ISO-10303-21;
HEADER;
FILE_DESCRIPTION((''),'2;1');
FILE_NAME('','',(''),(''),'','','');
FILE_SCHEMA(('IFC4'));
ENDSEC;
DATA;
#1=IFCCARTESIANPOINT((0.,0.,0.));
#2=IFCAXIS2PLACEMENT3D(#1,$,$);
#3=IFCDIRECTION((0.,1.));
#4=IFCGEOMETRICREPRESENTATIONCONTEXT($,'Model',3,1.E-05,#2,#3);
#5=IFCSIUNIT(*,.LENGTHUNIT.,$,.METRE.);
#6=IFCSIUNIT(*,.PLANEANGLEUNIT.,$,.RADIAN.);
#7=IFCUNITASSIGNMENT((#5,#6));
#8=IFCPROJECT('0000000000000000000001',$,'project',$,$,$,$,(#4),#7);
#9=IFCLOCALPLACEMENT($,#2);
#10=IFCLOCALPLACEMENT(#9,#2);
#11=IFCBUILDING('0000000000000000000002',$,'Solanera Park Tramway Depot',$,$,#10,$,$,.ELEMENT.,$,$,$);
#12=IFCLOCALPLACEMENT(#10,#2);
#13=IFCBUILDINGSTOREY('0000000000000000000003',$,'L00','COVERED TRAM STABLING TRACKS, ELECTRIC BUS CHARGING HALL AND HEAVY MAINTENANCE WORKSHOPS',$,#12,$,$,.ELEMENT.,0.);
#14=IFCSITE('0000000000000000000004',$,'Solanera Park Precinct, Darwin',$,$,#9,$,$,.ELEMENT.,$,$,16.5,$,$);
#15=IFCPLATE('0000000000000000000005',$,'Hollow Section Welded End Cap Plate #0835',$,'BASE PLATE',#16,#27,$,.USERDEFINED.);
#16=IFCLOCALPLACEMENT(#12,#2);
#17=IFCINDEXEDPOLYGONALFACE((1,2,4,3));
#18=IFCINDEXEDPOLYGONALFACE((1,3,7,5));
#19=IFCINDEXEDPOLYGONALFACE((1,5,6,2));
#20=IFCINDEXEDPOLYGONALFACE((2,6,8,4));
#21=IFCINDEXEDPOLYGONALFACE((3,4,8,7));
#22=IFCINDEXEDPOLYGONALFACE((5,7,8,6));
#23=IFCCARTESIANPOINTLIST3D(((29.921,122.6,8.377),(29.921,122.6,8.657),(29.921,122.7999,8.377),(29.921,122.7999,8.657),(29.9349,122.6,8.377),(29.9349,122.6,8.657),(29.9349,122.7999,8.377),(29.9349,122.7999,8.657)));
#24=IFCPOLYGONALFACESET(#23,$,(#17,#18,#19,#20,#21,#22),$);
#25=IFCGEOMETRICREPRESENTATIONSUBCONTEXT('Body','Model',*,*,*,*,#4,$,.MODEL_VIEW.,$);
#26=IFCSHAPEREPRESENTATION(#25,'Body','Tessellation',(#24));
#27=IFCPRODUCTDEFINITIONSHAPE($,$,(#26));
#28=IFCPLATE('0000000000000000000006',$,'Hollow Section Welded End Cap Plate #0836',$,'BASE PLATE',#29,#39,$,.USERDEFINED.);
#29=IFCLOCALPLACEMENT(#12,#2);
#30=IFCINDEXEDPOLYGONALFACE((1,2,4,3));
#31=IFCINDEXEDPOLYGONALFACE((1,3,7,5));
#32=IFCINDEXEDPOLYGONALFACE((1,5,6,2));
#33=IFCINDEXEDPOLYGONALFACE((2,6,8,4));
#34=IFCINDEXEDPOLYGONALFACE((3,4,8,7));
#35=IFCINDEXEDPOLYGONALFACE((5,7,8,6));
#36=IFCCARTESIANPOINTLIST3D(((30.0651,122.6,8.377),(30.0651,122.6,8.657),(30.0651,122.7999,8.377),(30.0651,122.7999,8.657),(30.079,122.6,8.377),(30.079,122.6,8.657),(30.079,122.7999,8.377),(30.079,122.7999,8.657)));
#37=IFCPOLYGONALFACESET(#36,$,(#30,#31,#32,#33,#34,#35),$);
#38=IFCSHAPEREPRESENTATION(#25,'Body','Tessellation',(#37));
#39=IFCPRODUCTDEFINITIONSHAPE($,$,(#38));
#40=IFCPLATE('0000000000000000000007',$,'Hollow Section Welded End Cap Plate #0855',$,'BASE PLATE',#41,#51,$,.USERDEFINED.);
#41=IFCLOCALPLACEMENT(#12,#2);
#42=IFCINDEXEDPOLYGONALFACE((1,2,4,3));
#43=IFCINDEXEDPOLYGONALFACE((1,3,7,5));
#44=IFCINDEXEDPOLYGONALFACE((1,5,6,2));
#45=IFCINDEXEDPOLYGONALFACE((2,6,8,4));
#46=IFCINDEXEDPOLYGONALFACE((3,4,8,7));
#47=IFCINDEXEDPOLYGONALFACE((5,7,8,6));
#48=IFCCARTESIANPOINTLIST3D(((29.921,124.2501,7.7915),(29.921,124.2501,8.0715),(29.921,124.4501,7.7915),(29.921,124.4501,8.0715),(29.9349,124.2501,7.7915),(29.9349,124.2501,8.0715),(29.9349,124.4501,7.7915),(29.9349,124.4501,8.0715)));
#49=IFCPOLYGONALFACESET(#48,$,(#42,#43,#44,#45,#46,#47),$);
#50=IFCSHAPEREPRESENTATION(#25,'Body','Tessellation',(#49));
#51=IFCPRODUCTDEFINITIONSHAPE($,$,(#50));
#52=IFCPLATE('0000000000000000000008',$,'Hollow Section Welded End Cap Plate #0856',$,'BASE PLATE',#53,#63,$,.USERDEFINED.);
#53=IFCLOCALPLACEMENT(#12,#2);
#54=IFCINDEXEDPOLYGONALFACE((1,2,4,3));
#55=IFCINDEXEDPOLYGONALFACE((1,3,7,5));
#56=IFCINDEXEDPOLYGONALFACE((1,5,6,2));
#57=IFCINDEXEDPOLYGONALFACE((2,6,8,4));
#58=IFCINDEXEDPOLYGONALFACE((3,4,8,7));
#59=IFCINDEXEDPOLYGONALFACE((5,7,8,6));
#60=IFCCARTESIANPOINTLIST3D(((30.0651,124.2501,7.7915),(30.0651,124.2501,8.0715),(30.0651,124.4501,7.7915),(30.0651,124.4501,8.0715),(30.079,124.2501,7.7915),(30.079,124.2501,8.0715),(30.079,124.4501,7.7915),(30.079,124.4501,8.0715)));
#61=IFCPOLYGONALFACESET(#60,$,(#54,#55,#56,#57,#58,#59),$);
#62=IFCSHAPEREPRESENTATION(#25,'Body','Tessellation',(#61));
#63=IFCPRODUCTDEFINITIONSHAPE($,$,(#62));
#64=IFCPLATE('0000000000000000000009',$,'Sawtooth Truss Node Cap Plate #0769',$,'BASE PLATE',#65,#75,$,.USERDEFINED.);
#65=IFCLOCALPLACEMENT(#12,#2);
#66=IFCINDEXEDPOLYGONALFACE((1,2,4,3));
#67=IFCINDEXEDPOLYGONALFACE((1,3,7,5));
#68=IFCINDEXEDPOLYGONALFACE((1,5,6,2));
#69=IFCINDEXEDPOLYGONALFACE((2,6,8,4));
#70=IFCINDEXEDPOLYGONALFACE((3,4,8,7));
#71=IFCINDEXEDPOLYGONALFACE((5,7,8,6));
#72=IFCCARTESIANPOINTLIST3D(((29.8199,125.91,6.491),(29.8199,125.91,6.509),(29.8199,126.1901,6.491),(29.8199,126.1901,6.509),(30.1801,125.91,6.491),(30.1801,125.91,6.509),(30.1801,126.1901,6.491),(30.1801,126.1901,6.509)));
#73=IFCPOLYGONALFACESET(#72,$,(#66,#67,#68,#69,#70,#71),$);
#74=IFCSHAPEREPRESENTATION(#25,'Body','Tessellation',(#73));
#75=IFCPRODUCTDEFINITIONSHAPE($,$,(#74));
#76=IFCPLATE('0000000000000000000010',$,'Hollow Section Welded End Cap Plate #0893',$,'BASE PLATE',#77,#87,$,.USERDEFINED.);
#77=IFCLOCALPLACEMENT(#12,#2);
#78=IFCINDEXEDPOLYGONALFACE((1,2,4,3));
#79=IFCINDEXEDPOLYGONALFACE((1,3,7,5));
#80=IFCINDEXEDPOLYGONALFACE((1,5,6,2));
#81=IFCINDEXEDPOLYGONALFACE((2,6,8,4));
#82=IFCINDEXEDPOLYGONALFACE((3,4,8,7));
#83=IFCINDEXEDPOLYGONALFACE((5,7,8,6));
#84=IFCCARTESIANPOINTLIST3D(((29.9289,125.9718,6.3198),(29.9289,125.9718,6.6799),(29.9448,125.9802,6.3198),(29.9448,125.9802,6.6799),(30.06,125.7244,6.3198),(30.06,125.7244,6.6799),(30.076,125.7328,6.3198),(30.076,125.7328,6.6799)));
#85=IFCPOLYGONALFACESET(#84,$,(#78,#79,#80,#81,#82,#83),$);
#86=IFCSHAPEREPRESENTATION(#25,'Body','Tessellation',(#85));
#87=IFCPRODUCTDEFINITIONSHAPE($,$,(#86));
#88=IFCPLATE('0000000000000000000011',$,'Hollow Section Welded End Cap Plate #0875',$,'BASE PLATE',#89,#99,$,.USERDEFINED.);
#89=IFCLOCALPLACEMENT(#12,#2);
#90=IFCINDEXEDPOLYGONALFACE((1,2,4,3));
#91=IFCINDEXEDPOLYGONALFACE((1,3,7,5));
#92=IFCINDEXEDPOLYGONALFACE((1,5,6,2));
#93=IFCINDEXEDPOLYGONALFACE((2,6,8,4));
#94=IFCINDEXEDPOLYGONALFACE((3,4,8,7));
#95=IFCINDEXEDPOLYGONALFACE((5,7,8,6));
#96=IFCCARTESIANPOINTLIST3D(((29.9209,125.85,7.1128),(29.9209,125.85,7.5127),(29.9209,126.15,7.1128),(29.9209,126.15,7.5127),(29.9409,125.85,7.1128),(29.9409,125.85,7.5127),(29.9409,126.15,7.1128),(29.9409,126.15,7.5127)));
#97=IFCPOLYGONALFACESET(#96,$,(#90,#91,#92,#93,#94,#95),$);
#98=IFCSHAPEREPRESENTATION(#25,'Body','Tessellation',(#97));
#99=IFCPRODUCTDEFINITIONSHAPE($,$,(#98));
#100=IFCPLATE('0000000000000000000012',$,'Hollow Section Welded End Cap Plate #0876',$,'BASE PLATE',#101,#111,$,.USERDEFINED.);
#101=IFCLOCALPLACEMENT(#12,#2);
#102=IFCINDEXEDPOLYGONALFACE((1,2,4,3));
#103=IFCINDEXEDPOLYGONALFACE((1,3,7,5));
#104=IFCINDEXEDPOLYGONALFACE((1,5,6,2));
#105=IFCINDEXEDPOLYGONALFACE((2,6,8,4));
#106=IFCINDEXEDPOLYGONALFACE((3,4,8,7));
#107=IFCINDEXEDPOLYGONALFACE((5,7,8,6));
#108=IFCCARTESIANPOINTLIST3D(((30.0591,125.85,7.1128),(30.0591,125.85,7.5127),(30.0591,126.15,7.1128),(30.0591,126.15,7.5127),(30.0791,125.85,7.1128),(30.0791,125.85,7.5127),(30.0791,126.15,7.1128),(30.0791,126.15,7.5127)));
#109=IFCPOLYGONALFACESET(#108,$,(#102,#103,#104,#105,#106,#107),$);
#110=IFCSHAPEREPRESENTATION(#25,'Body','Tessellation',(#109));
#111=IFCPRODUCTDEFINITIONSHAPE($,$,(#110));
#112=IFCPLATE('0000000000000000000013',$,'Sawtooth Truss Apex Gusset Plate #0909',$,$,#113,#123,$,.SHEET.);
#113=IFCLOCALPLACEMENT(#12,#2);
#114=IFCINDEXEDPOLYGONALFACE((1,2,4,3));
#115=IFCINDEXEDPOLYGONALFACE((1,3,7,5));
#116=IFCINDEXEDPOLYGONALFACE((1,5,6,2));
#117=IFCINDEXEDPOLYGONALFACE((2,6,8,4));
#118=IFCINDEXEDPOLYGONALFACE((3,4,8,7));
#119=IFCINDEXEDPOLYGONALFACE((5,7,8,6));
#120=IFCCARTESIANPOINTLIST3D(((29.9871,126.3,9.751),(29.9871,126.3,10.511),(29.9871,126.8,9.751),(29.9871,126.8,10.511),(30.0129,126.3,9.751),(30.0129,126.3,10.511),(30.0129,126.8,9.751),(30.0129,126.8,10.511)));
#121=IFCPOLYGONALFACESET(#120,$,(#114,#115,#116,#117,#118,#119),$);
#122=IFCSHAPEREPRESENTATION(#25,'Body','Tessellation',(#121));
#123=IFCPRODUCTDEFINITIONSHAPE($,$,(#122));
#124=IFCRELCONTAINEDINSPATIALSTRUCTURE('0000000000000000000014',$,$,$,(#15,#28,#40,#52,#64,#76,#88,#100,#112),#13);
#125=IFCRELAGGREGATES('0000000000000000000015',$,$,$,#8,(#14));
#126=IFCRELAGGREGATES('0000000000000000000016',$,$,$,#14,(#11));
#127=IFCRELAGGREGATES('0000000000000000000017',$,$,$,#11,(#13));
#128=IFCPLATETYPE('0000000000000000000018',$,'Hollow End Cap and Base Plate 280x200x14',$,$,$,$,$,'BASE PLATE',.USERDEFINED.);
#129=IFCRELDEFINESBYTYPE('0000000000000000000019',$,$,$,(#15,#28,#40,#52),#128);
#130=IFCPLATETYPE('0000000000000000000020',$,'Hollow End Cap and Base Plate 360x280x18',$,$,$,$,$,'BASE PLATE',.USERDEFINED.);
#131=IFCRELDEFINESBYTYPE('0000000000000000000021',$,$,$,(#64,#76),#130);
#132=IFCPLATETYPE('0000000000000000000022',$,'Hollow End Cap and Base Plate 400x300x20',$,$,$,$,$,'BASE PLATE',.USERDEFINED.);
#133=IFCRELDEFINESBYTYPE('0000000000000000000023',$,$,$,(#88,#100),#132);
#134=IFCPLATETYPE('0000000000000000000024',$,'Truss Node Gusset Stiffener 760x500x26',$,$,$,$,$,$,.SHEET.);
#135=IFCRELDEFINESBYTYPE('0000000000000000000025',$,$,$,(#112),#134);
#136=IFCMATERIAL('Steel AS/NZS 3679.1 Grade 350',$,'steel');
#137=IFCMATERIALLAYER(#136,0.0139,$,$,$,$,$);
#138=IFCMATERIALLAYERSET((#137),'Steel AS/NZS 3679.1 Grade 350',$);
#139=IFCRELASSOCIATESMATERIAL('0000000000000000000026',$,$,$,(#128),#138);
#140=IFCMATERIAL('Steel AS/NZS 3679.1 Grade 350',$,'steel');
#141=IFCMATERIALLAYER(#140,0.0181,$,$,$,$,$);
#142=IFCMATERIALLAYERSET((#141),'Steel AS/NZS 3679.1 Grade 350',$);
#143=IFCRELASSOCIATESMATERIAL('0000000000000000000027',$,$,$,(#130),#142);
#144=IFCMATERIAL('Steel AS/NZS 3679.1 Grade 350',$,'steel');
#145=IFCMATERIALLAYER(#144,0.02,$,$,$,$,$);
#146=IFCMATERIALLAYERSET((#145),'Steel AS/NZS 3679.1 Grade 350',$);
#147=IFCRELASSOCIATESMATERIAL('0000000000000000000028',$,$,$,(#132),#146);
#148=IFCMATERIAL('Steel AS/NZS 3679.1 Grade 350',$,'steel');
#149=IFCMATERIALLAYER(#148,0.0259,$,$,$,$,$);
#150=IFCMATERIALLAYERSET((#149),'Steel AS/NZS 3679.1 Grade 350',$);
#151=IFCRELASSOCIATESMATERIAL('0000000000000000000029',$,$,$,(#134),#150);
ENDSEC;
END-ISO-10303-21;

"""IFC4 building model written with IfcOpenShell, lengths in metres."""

from ifc_helpers import new_model, si_unit, direction, frame, origin, origin_2d, place, context, subcontext, project, spatial, rectangle, extrude, material, layer, layer_set, type_object, element, save


model = new_model("IFC4")

# Units and contexts
model_context = context("Model", 3, precision=1e-05, world=origin(), true_north=direction((0.0, 1.0)))
body_context = subcontext(model_context, "Body", "Model", "MODEL_VIEW")
ifc_project = project(units=[si_unit("LENGTHUNIT", "METRE"), si_unit("PLANEANGLEUNIT", "RADIAN")], contexts=[model_context])

# Site, building, storey
site_placement = place(None, origin())
site = spatial("IfcSite", under=ifc_project, at=site_placement, Name="Solanera Park Precinct, Darwin", CompositionType="ELEMENT", RefElevation=16.5)
building_placement = place(site_placement, origin())
building = spatial("IfcBuilding", under=site, at=building_placement, Name="Solanera Park Tramway Depot", CompositionType="ELEMENT")
storey_placement = place(building_placement, origin())
storey = spatial("IfcBuildingStorey", under=building, at=storey_placement, Name="L00", Description="COVERED TRAM STABLING TRACKS, ELECTRIC BUS CHARGING HALL AND HEAVY MAINTENANCE WORKSHOPS", CompositionType="ELEMENT", Elevation=0.0)

# Plates
ifc_material_1 = material(Name="Steel AS/NZS 3679.1 Grade 350", Category="steel")
ifc_layer_1 = layer(ifc_material_1, 0.0139)
ifc_layer_set_1 = layer_set([ifc_layer_1], Name="Steel AS/NZS 3679.1 Grade 350")
plate_type_1 = type_object("IfcPlateType", Name="Hollow End Cap and Base Plate 280x200x14", ElementType="BASE PLATE", PredefinedType="USERDEFINED", material=ifc_layer_set_1)
for number, where, z_axis, x_axis, name in (
    (1, (29.928, 122.7, 8.377), (0.0, 0.0, 1.0), (1.0, 0.0, 0.0), "Hollow Section Welded End Cap Plate #0835"),
    (2, (30.072, 122.7, 8.377), (0.0, 0.0, 1.0), (1.0, 0.0, 0.0), "Hollow Section Welded End Cap Plate #0836"),
    (3, (29.928, 124.3501, 7.7915), (0.0, 0.0, 1.0), (1.0, 0.0, 0.0), "Hollow Section Welded End Cap Plate #0855"),
    (4, (30.072, 124.3501, 7.7915), (0.0, 0.0, 1.0), (1.0, 0.0, 0.0), "Hollow Section Welded End Cap Plate #0856"),
):
    element("IfcPlate", number, at=place(storey_placement, frame(where, z_axis=z_axis, x_axis=x_axis)), inside=storey, type_object=plate_type_1, Name=name, ObjectType="BASE PLATE", PredefinedType="USERDEFINED", context=body_context, shape_type="SweptSolid", body=[
        extrude(rectangle(XDim=0.0139, YDim=0.2, at=origin_2d()), origin(), (0.0, 0.0, 1.0), 0.28),
    ])
ifc_material_2 = material(Name="Steel AS/NZS 3679.1 Grade 350", Category="steel")
ifc_layer_2 = layer(ifc_material_2, 0.0181)
ifc_layer_set_2 = layer_set([ifc_layer_2], Name="Steel AS/NZS 3679.1 Grade 350")
plate_type_2 = type_object("IfcPlateType", Name="Hollow End Cap and Base Plate 360x280x18", ElementType="BASE PLATE", PredefinedType="USERDEFINED", material=ifc_layer_set_2)
plate_1_placement = place(storey_placement, frame((30.0, 126.05, 6.491), z_axis=(0.0, 0.0, 1.0), x_axis=(1.0, 0.0, 0.0)))
element("IfcPlate", 5, at=plate_1_placement, inside=storey, type_object=plate_type_2, Name="Sawtooth Truss Node Cap Plate #0769", ObjectType="BASE PLATE", PredefinedType="USERDEFINED", context=body_context, shape_type="SweptSolid", body=[
    extrude(rectangle(XDim=0.3601, YDim=0.28, at=origin_2d()), origin(), (0.0, 0.0, 1.0), 0.0181),
])
plate_2_placement = place(storey_placement, frame((30.0024, 125.8523, 6.3198), z_axis=(0.0, 0.0, 1.0), x_axis=(0.883521, 0.468392, 0.0)))
element("IfcPlate", 6, at=plate_2_placement, inside=storey, type_object=plate_type_2, Name="Hollow Section Welded End Cap Plate #0893", ObjectType="BASE PLATE", PredefinedType="USERDEFINED", context=body_context, shape_type="SweptSolid", body=[
    extrude(rectangle(XDim=0.0181, YDim=0.28, at=origin_2d()), origin(), (0.0, 0.0, 1.0), 0.3601),
])
ifc_material_3 = material(Name="Steel AS/NZS 3679.1 Grade 350", Category="steel")
ifc_layer_3 = layer(ifc_material_3, 0.02)
ifc_layer_set_3 = layer_set([ifc_layer_3], Name="Steel AS/NZS 3679.1 Grade 350")
plate_type_3 = type_object("IfcPlateType", Name="Hollow End Cap and Base Plate 400x300x20", ElementType="BASE PLATE", PredefinedType="USERDEFINED", material=ifc_layer_set_3)
for number, where, z_axis, x_axis, name in (
    (7, (29.9309, 126.0, 7.1128), (0.0, 0.0, 1.0), (1.0, 0.0, 0.0), "Hollow Section Welded End Cap Plate #0875"),
    (8, (30.0691, 126.0, 7.1128), (0.0, 0.0, 1.0), (1.0, 0.0, 0.0), "Hollow Section Welded End Cap Plate #0876"),
):
    element("IfcPlate", number, at=place(storey_placement, frame(where, z_axis=z_axis, x_axis=x_axis)), inside=storey, type_object=plate_type_3, Name=name, ObjectType="BASE PLATE", PredefinedType="USERDEFINED", context=body_context, shape_type="SweptSolid", body=[
        extrude(rectangle(XDim=0.02, YDim=0.3, at=origin_2d()), origin(), (0.0, 0.0, 1.0), 0.3999),
    ])
ifc_material_4 = material(Name="Steel AS/NZS 3679.1 Grade 350", Category="steel")
ifc_layer_4 = layer(ifc_material_4, 0.0259)
ifc_layer_set_4 = layer_set([ifc_layer_4], Name="Steel AS/NZS 3679.1 Grade 350")
plate_type_4 = type_object("IfcPlateType", Name="Truss Node Gusset Stiffener 760x500x26", PredefinedType="SHEET", material=ifc_layer_set_4)
plate_3_placement = place(storey_placement, frame((30.0, 126.55, 9.751), z_axis=(0.0, 0.0, 1.0), x_axis=(1.0, 0.0, 0.0)))
element("IfcPlate", 9, at=plate_3_placement, inside=storey, type_object=plate_type_4, Name="Sawtooth Truss Apex Gusset Plate #0909", PredefinedType="SHEET", context=body_context, shape_type="SweptSolid", body=[
    extrude(rectangle(XDim=0.0259, YDim=0.5, at=origin_2d()), origin(), (0.0, 0.0, 1.0), 0.76),
])

save(model, "model.ifc")
